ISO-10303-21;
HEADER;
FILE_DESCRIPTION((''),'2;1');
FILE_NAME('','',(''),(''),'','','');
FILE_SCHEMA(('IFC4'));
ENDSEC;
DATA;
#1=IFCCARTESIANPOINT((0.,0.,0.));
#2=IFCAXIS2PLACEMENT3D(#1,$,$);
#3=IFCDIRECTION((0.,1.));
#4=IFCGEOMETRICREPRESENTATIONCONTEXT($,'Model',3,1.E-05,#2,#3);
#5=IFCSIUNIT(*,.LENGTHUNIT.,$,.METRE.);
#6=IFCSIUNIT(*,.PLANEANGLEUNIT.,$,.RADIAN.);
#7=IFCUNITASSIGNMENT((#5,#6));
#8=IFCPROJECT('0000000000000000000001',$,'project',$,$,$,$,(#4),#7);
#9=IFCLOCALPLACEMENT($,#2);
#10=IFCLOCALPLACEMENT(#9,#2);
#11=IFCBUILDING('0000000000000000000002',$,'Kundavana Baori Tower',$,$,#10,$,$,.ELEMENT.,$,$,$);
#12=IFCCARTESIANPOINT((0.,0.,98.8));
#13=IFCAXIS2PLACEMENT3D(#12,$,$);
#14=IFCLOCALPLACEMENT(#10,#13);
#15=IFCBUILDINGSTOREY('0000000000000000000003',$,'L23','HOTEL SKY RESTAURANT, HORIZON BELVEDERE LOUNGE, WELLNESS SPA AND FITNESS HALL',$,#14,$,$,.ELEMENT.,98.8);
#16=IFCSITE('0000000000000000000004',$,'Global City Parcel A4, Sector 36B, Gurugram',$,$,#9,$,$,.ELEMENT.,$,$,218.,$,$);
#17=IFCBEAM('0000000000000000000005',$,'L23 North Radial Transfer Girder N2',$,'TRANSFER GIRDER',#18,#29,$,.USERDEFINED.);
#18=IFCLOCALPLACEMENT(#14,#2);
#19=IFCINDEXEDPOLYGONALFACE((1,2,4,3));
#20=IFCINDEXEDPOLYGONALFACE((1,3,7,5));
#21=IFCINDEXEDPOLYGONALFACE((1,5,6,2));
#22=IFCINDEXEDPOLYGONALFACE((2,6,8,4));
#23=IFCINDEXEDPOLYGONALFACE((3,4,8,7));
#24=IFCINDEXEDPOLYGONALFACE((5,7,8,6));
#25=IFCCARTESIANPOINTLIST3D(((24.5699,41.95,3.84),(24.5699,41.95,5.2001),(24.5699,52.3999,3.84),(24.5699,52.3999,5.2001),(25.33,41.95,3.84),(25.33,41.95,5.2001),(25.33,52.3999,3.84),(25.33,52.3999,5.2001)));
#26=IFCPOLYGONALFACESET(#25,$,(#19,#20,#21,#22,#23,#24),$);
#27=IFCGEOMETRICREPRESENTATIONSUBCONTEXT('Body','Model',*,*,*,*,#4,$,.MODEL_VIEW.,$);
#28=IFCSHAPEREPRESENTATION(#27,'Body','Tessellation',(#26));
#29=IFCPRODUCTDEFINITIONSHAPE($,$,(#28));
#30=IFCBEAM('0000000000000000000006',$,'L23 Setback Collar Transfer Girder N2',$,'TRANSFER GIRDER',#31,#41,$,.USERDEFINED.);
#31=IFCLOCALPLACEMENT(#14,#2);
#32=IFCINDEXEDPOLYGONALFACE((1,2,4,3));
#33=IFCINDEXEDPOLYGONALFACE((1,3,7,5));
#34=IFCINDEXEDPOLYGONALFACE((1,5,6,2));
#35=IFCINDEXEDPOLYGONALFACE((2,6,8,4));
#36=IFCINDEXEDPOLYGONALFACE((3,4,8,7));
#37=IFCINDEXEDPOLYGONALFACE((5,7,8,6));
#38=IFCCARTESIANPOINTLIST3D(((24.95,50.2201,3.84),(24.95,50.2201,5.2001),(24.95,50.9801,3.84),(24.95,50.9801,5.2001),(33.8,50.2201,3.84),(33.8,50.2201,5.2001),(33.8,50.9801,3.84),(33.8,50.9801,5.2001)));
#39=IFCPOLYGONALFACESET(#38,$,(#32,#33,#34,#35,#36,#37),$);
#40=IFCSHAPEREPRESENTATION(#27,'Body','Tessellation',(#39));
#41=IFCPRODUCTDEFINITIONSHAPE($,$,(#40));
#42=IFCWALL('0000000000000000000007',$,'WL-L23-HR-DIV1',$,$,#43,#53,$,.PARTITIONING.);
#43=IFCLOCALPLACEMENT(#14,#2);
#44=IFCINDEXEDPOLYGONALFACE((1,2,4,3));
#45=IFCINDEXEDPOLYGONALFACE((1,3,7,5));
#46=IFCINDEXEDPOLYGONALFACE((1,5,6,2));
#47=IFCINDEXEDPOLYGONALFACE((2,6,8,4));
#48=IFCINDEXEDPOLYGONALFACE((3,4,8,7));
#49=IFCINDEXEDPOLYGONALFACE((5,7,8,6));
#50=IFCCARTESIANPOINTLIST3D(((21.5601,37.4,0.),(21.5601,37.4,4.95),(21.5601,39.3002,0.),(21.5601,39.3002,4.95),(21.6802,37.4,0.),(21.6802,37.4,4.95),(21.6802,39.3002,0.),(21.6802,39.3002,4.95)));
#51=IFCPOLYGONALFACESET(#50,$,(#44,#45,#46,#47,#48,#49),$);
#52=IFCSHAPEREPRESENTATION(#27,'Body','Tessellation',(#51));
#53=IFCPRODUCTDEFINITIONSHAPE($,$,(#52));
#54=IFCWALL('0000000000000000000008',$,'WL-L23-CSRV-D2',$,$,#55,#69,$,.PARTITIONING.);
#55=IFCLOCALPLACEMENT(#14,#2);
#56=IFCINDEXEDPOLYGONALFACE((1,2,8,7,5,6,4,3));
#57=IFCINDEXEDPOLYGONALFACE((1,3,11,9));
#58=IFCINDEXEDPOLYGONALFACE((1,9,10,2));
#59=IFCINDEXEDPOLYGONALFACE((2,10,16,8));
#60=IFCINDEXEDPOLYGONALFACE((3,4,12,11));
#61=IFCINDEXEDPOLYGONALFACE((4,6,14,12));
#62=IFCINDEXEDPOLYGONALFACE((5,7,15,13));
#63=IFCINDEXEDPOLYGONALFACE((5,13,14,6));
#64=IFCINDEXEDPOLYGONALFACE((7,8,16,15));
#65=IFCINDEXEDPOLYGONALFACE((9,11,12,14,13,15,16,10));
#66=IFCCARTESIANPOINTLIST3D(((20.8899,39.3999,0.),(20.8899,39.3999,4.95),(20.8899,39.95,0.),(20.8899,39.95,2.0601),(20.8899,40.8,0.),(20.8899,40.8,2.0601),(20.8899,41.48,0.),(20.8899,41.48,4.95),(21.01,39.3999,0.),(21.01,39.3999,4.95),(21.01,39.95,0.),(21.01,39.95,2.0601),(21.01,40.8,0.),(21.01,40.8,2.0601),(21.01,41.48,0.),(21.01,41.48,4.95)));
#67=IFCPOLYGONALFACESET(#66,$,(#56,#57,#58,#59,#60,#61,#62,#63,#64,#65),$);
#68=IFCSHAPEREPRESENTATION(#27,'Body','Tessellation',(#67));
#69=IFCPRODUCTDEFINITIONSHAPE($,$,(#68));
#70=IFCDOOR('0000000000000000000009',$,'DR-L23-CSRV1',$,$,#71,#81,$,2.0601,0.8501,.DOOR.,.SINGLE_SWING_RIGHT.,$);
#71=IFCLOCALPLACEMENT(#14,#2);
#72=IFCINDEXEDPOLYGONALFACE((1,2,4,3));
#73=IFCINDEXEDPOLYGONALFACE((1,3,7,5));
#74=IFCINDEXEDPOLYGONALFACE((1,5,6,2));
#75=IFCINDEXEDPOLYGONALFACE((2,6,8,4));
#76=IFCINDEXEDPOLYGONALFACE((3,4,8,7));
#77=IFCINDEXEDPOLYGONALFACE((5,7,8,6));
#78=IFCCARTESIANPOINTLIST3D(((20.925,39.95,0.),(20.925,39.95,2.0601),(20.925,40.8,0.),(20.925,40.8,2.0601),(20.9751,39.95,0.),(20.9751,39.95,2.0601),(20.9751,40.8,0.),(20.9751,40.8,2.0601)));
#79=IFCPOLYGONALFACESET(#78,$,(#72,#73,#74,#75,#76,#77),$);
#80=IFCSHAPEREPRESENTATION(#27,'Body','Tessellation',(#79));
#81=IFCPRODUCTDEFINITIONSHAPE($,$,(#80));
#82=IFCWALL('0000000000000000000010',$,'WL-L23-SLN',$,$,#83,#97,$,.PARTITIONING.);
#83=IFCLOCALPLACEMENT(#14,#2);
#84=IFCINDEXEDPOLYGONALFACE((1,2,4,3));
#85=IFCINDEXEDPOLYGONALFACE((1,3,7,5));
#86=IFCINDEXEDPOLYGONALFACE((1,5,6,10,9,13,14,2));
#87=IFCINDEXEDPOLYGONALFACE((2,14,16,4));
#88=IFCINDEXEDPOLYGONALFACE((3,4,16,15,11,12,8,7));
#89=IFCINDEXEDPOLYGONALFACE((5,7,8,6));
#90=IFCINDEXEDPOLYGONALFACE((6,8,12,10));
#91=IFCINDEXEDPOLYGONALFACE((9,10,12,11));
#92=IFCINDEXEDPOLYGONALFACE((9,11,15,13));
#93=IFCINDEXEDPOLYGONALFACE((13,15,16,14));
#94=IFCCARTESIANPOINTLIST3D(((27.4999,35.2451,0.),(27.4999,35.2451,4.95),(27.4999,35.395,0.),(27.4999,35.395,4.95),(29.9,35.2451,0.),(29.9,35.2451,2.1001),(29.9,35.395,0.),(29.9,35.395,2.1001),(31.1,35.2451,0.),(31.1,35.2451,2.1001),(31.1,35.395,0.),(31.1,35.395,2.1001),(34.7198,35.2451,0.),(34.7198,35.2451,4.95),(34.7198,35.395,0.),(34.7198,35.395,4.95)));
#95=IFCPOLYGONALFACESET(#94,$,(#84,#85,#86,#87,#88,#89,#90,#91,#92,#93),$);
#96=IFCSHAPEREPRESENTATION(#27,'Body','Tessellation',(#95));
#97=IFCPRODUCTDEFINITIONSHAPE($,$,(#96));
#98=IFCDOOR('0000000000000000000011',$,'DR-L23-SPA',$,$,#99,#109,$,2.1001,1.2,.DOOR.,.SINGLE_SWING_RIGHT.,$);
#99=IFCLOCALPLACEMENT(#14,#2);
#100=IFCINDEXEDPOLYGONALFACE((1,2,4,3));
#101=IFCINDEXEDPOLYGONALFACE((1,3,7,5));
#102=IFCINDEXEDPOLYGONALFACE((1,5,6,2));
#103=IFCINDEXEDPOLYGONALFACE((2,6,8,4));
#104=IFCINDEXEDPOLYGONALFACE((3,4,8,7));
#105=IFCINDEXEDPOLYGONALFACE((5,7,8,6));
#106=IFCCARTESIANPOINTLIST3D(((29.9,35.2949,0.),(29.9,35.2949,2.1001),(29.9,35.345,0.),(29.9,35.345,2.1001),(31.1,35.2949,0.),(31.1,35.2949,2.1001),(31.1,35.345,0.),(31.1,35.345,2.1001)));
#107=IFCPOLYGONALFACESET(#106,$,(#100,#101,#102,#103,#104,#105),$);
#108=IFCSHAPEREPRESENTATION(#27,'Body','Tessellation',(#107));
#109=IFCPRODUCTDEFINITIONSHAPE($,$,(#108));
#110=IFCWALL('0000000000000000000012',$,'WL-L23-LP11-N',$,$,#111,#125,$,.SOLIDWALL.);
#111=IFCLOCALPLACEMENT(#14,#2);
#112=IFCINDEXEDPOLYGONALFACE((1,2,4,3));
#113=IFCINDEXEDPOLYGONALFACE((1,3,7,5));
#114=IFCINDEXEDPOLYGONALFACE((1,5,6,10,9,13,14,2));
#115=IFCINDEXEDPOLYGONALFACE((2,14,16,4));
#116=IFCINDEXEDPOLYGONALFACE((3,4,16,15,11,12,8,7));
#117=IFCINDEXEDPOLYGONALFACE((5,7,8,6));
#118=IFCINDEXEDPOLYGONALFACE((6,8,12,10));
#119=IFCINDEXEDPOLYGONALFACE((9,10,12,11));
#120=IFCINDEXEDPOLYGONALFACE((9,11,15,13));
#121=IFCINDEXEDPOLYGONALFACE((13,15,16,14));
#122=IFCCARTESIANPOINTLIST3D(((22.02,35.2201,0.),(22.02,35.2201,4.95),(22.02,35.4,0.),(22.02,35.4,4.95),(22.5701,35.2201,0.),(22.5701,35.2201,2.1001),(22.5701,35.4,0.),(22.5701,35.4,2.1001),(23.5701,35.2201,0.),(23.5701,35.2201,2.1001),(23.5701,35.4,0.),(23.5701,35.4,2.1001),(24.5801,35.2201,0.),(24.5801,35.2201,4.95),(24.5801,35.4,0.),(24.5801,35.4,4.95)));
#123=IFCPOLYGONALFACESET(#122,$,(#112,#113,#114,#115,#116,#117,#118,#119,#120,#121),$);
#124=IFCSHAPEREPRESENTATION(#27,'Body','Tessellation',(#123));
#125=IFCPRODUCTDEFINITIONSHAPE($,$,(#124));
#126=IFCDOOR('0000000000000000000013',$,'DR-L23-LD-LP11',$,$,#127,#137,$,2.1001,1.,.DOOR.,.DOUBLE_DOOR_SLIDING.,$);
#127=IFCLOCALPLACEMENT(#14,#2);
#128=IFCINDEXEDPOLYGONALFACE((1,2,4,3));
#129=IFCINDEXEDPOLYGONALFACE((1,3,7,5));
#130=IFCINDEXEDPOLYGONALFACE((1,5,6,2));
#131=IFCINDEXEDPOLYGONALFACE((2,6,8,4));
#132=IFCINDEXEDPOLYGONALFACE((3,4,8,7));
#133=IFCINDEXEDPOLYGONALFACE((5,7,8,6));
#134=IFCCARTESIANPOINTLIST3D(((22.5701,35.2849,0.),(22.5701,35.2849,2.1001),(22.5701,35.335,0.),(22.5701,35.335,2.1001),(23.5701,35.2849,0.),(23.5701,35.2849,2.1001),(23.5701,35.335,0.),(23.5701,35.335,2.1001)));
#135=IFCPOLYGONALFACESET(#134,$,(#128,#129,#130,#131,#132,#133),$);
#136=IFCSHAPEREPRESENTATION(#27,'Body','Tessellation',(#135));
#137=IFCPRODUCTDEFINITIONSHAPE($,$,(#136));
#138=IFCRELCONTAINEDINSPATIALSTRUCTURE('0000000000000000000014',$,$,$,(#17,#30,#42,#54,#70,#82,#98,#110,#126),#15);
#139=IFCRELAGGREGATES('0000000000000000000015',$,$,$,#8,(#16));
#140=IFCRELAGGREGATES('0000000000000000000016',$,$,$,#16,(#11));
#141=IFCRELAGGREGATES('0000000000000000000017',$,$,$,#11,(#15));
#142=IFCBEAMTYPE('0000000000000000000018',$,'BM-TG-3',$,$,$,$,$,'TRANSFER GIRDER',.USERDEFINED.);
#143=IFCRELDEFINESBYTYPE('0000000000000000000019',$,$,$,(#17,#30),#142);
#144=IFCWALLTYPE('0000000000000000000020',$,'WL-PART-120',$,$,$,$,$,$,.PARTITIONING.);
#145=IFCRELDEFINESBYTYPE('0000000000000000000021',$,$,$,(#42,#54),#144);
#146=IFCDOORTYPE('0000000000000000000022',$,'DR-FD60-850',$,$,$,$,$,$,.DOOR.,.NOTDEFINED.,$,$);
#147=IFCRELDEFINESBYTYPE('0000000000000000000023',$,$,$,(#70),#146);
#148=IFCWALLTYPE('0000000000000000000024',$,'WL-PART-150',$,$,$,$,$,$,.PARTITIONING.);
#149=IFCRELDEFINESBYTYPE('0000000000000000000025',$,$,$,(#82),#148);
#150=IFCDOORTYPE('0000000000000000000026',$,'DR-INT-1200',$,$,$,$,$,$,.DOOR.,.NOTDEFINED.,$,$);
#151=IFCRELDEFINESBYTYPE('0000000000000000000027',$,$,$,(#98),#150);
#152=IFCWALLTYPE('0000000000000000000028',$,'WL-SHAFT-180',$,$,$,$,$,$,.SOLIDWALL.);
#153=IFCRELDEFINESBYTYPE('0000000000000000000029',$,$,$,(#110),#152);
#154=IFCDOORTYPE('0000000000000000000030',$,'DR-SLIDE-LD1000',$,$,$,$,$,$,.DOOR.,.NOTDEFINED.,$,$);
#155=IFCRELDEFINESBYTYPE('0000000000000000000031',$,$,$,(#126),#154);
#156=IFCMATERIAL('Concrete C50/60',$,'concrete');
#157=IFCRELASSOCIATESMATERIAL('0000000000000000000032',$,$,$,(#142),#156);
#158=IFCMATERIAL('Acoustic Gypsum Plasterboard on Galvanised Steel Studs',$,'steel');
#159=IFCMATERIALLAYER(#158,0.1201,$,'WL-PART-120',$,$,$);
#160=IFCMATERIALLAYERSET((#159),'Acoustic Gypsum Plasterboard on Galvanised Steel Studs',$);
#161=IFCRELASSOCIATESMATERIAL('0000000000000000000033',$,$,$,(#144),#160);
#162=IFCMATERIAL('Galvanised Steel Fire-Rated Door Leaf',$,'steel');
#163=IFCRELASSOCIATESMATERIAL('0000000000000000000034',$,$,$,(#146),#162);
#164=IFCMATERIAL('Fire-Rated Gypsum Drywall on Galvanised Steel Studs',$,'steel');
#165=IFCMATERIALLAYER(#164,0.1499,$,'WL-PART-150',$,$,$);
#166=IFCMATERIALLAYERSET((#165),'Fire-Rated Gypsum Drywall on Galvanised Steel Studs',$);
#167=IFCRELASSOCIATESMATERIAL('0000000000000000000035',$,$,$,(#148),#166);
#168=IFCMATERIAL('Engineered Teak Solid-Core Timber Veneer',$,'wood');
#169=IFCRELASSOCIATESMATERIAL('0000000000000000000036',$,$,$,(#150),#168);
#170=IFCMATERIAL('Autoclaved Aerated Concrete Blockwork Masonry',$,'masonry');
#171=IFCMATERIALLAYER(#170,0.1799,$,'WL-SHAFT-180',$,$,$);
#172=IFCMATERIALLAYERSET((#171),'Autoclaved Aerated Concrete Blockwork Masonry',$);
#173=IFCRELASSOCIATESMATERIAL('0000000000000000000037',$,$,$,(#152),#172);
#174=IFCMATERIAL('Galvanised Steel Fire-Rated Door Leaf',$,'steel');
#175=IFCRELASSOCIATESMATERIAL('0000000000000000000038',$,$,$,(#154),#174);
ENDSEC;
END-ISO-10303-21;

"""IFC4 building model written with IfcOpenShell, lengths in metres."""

from ifc_helpers import new_model, si_unit, direction, frame, frame_2d, origin, origin_2d, place, context, subcontext, project, spatial, rectangle, extrude, material, layer, layer_set, material_profile, profile_set, type_object, element, fill, save


model = new_model("IFC4")

# Units and contexts
model_context = context("Model", 3, precision=1e-05, world=origin(), true_north=direction((0.0, 1.0)))
body_context = subcontext(model_context, "Body", "Model", "MODEL_VIEW")
ifc_project = project(units=[si_unit("LENGTHUNIT", "METRE"), si_unit("PLANEANGLEUNIT", "RADIAN")], contexts=[model_context])

# Site, building, storey
site_placement = place(None, origin())
site = spatial("IfcSite", under=ifc_project, at=site_placement, Name="Global City Parcel A4, Sector 36B, Gurugram", CompositionType="ELEMENT", RefElevation=218.0)
building_placement = place(site_placement, origin())
building = spatial("IfcBuilding", under=site, at=building_placement, Name="Kundavana Baori Tower", CompositionType="ELEMENT")
storey_placement = place(building_placement, frame((0.0, 0.0, 98.8)))
storey = spatial("IfcBuildingStorey", under=building, at=storey_placement, Name="L23", Description="HOTEL SKY RESTAURANT, HORIZON BELVEDERE LOUNGE, WELLNESS SPA AND FITNESS HALL", CompositionType="ELEMENT", Elevation=98.8)

# Beams
ifc_material_1 = material(Name="Concrete C50/60", Category="concrete")
ifc_material_profile_1 = material_profile(ifc_material_1, rectangle(XDim=0.76, YDim=1.3601, at=origin_2d()), Name="BM-TG-3")
ifc_profile_set_1 = profile_set([ifc_material_profile_1], Name="Concrete C50/60")
beam_type_1 = type_object("IfcBeamType", Name="BM-TG-3", ElementType="TRANSFER GIRDER", PredefinedType="USERDEFINED", material=ifc_profile_set_1)
beam_1_placement = place(storey_placement, frame((24.95, 41.95, 4.52), z_axis=(0.0, 1.0, 0.0), x_axis=(-1.0, 0.0, 0.0)))
element("IfcBeam", 1, at=beam_1_placement, inside=storey, type_object=beam_type_1, Name="L23 North Radial Transfer Girder N2", ObjectType="TRANSFER GIRDER", PredefinedType="USERDEFINED", context=body_context, shape_type="SweptSolid", body=[
    extrude(rectangle(XDim=0.76, YDim=1.3601, at=origin_2d()), origin(), (0.0, 0.0, 1.0), 10.45),
])
beam_2_placement = place(storey_placement, frame((24.95, 50.6001, 4.52), z_axis=(1.0, 0.0, 0.0), x_axis=(0.0, 1.0, 0.0)))
element("IfcBeam", 2, at=beam_2_placement, inside=storey, type_object=beam_type_1, Name="L23 Setback Collar Transfer Girder N2", ObjectType="TRANSFER GIRDER", PredefinedType="USERDEFINED", context=body_context, shape_type="SweptSolid", body=[
    extrude(rectangle(XDim=0.76, YDim=1.3601, at=origin_2d()), origin(), (0.0, 0.0, 1.0), 8.8501),
])

# Wall
ifc_material_2 = material(Name="Acoustic Gypsum Plasterboard on Galvanised Steel Studs", Category="steel")
ifc_layer_1 = layer(ifc_material_2, 0.1201, Name="WL-PART-120")
ifc_layer_set_1 = layer_set([ifc_layer_1], Name="Acoustic Gypsum Plasterboard on Galvanised Steel Studs")
wall_type_1 = type_object("IfcWallType", Name="WL-PART-120", PredefinedType="PARTITIONING", material=ifc_layer_set_1)
wall_1_placement = place(storey_placement, frame((21.6201, 37.3999, 0.0), z_axis=(0.0, 0.0, 1.0), x_axis=(0.0, 1.0, 0.0)))
element("IfcWall", 3, at=wall_1_placement, inside=storey, type_object=wall_type_1, Name="WL-L23-HR-DIV1", PredefinedType="PARTITIONING", context=body_context, shape_type="SweptSolid", body=[
    extrude(rectangle(XDim=1.9001, YDim=0.1201, at=frame_2d((0.9502, 0.0))), origin(), (0.0, 0.0, 1.0), 4.95),
])

# Walls, openings, doors
wall_2_placement = place(storey_placement, frame((20.95, 39.3999, 0.0), z_axis=(0.0, 0.0, 1.0), x_axis=(0.0, 1.0, 0.0)))
wall_2 = element("IfcWall", 4, at=wall_2_placement, inside=storey, type_object=wall_type_1, Name="WL-L23-CSRV-D2", PredefinedType="PARTITIONING", context=body_context, shape_type="SweptSolid", body=[
    extrude(rectangle(XDim=2.0801, YDim=0.1201, at=frame_2d((1.04, 0.0))), origin(), (0.0, 0.0, 1.0), 4.95),
])
opening_1_placement = place(wall_2_placement, frame((0.55, 0.0, 0.0)))
opening_1 = element("IfcOpeningElement", 5, at=opening_1_placement, cuts=wall_2, PredefinedType="OPENING", context=body_context, shape_type="SweptSolid", body=[
    extrude(rectangle(XDim=0.8501, YDim=2.0601, at=frame_2d((0.425, 1.03))), frame((0.0, 0.0701, 0.0), z_axis=(0.0, -1.0, 0.0), x_axis=(1.0, 0.0, 0.0)), (0.0, 0.0, 1.0), 0.1401),
])
ifc_material_3 = material(Name="Galvanised Steel Fire-Rated Door Leaf", Category="steel")
door_type_1 = type_object("IfcDoorType", Name="DR-FD60-850", OperationType="NOTDEFINED", PredefinedType="DOOR", material=ifc_material_3)
door_1_placement = place(opening_1_placement, origin())
door_1 = element("IfcDoor", 6, at=door_1_placement, inside=storey, type_object=door_type_1, Name="DR-L23-CSRV1", OperationType="SINGLE_SWING_RIGHT", OverallHeight=2.0601, OverallWidth=0.8501, PredefinedType="DOOR", context=body_context, shape_type="SweptSolid", body=[
    extrude(rectangle(XDim=0.8501, YDim=2.0601, at=frame_2d((0.425, 1.03))), frame((0.0, 0.0249, 0.0), z_axis=(0.0, -1.0, 0.0), x_axis=(1.0, 0.0, 0.0)), (0.0, 0.0, 1.0), 0.05),
])
fill(opening_1, door_1)
ifc_material_4 = material(Name="Fire-Rated Gypsum Drywall on Galvanised Steel Studs", Category="steel")
ifc_layer_2 = layer(ifc_material_4, 0.1499, Name="WL-PART-150")
ifc_layer_set_2 = layer_set([ifc_layer_2], Name="Fire-Rated Gypsum Drywall on Galvanised Steel Studs")
wall_type_2 = type_object("IfcWallType", Name="WL-PART-150", PredefinedType="PARTITIONING", material=ifc_layer_set_2)
wall_3_placement = place(storey_placement, frame((27.5, 35.3201, 0.0), z_axis=(0.0, 0.0, 1.0), x_axis=(1.0, 0.0, 0.0)))
wall_3 = element("IfcWall", 7, at=wall_3_placement, inside=storey, type_object=wall_type_2, Name="WL-L23-SLN", PredefinedType="PARTITIONING", context=body_context, shape_type="SweptSolid", body=[
    extrude(rectangle(XDim=7.22, YDim=0.1499, at=frame_2d((3.6099, 0.0))), origin(), (0.0, 0.0, 1.0), 4.95),
])
opening_2_placement = place(wall_3_placement, frame((2.3999, 0.0, 0.0)))
opening_2 = element("IfcOpeningElement", 8, at=opening_2_placement, cuts=wall_3, PredefinedType="OPENING", context=body_context, shape_type="SweptSolid", body=[
    extrude(rectangle(XDim=1.2, YDim=2.1001, at=frame_2d((0.6001, 1.05))), frame((0.0, 0.085, 0.0), z_axis=(0.0, -1.0, 0.0), x_axis=(1.0, 0.0, 0.0)), (0.0, 0.0, 1.0), 0.1699),
])
ifc_material_5 = material(Name="Engineered Teak Solid-Core Timber Veneer", Category="wood")
door_type_2 = type_object("IfcDoorType", Name="DR-INT-1200", OperationType="NOTDEFINED", PredefinedType="DOOR", material=ifc_material_5)
door_2_placement = place(opening_2_placement, origin())
door_2 = element("IfcDoor", 9, at=door_2_placement, inside=storey, type_object=door_type_2, Name="DR-L23-SPA", OperationType="SINGLE_SWING_RIGHT", OverallHeight=2.1001, OverallWidth=1.2, PredefinedType="DOOR", context=body_context, shape_type="SweptSolid", body=[
    extrude(rectangle(XDim=1.2, YDim=2.1001, at=frame_2d((0.6001, 1.05))), frame((0.0, 0.0249, 0.0), z_axis=(0.0, -1.0, 0.0), x_axis=(1.0, 0.0, 0.0)), (0.0, 0.0, 1.0), 0.05),
])
fill(opening_2, door_2)
ifc_material_6 = material(Name="Autoclaved Aerated Concrete Blockwork Masonry", Category="masonry")
ifc_layer_3 = layer(ifc_material_6, 0.1799, Name="WL-SHAFT-180")
ifc_layer_set_3 = layer_set([ifc_layer_3], Name="Autoclaved Aerated Concrete Blockwork Masonry")
wall_type_3 = type_object("IfcWallType", Name="WL-SHAFT-180", PredefinedType="SOLIDWALL", material=ifc_layer_set_3)
wall_4_placement = place(storey_placement, frame((22.02, 35.3101, 0.0), z_axis=(0.0, 0.0, 1.0), x_axis=(1.0, 0.0, 0.0)))
wall_4 = element("IfcWall", 10, at=wall_4_placement, inside=storey, type_object=wall_type_3, Name="WL-L23-LP11-N", PredefinedType="SOLIDWALL", context=body_context, shape_type="SweptSolid", body=[
    extrude(rectangle(XDim=2.5601, YDim=0.1799, at=frame_2d((1.28, 0.0))), origin(), (0.0, 0.0, 1.0), 4.95),
])
opening_3_placement = place(wall_4_placement, frame((0.55, 0.0, 0.0)))
opening_3 = element("IfcOpeningElement", 11, at=opening_3_placement, cuts=wall_4, PredefinedType="OPENING", context=body_context, shape_type="SweptSolid", body=[
    extrude(rectangle(XDim=1.0, YDim=2.1001, at=frame_2d((0.5, 1.05))), frame((0.0, 0.1001, 0.0), z_axis=(0.0, -1.0, 0.0), x_axis=(1.0, 0.0, 0.0)), (0.0, 0.0, 1.0), 0.2),
])
ifc_material_7 = material(Name="Galvanised Steel Fire-Rated Door Leaf", Category="steel")
door_type_3 = type_object("IfcDoorType", Name="DR-SLIDE-LD1000", OperationType="NOTDEFINED", PredefinedType="DOOR", material=ifc_material_7)
door_3_placement = place(opening_3_placement, origin())
door_3 = element("IfcDoor", 12, at=door_3_placement, inside=storey, type_object=door_type_3, Name="DR-L23-LD-LP11", OperationType="DOUBLE_DOOR_SLIDING", OverallHeight=2.1001, OverallWidth=1.0, PredefinedType="DOOR", context=body_context, shape_type="SweptSolid", body=[
    extrude(rectangle(XDim=1.0, YDim=2.1001, at=frame_2d((0.5, 1.05))), frame((0.0, 0.0249, 0.0), z_axis=(0.0, -1.0, 0.0), x_axis=(1.0, 0.0, 0.0)), (0.0, 0.0, 1.0), 0.05),
])
fill(opening_3, door_3)

save(model, "model.ifc")
